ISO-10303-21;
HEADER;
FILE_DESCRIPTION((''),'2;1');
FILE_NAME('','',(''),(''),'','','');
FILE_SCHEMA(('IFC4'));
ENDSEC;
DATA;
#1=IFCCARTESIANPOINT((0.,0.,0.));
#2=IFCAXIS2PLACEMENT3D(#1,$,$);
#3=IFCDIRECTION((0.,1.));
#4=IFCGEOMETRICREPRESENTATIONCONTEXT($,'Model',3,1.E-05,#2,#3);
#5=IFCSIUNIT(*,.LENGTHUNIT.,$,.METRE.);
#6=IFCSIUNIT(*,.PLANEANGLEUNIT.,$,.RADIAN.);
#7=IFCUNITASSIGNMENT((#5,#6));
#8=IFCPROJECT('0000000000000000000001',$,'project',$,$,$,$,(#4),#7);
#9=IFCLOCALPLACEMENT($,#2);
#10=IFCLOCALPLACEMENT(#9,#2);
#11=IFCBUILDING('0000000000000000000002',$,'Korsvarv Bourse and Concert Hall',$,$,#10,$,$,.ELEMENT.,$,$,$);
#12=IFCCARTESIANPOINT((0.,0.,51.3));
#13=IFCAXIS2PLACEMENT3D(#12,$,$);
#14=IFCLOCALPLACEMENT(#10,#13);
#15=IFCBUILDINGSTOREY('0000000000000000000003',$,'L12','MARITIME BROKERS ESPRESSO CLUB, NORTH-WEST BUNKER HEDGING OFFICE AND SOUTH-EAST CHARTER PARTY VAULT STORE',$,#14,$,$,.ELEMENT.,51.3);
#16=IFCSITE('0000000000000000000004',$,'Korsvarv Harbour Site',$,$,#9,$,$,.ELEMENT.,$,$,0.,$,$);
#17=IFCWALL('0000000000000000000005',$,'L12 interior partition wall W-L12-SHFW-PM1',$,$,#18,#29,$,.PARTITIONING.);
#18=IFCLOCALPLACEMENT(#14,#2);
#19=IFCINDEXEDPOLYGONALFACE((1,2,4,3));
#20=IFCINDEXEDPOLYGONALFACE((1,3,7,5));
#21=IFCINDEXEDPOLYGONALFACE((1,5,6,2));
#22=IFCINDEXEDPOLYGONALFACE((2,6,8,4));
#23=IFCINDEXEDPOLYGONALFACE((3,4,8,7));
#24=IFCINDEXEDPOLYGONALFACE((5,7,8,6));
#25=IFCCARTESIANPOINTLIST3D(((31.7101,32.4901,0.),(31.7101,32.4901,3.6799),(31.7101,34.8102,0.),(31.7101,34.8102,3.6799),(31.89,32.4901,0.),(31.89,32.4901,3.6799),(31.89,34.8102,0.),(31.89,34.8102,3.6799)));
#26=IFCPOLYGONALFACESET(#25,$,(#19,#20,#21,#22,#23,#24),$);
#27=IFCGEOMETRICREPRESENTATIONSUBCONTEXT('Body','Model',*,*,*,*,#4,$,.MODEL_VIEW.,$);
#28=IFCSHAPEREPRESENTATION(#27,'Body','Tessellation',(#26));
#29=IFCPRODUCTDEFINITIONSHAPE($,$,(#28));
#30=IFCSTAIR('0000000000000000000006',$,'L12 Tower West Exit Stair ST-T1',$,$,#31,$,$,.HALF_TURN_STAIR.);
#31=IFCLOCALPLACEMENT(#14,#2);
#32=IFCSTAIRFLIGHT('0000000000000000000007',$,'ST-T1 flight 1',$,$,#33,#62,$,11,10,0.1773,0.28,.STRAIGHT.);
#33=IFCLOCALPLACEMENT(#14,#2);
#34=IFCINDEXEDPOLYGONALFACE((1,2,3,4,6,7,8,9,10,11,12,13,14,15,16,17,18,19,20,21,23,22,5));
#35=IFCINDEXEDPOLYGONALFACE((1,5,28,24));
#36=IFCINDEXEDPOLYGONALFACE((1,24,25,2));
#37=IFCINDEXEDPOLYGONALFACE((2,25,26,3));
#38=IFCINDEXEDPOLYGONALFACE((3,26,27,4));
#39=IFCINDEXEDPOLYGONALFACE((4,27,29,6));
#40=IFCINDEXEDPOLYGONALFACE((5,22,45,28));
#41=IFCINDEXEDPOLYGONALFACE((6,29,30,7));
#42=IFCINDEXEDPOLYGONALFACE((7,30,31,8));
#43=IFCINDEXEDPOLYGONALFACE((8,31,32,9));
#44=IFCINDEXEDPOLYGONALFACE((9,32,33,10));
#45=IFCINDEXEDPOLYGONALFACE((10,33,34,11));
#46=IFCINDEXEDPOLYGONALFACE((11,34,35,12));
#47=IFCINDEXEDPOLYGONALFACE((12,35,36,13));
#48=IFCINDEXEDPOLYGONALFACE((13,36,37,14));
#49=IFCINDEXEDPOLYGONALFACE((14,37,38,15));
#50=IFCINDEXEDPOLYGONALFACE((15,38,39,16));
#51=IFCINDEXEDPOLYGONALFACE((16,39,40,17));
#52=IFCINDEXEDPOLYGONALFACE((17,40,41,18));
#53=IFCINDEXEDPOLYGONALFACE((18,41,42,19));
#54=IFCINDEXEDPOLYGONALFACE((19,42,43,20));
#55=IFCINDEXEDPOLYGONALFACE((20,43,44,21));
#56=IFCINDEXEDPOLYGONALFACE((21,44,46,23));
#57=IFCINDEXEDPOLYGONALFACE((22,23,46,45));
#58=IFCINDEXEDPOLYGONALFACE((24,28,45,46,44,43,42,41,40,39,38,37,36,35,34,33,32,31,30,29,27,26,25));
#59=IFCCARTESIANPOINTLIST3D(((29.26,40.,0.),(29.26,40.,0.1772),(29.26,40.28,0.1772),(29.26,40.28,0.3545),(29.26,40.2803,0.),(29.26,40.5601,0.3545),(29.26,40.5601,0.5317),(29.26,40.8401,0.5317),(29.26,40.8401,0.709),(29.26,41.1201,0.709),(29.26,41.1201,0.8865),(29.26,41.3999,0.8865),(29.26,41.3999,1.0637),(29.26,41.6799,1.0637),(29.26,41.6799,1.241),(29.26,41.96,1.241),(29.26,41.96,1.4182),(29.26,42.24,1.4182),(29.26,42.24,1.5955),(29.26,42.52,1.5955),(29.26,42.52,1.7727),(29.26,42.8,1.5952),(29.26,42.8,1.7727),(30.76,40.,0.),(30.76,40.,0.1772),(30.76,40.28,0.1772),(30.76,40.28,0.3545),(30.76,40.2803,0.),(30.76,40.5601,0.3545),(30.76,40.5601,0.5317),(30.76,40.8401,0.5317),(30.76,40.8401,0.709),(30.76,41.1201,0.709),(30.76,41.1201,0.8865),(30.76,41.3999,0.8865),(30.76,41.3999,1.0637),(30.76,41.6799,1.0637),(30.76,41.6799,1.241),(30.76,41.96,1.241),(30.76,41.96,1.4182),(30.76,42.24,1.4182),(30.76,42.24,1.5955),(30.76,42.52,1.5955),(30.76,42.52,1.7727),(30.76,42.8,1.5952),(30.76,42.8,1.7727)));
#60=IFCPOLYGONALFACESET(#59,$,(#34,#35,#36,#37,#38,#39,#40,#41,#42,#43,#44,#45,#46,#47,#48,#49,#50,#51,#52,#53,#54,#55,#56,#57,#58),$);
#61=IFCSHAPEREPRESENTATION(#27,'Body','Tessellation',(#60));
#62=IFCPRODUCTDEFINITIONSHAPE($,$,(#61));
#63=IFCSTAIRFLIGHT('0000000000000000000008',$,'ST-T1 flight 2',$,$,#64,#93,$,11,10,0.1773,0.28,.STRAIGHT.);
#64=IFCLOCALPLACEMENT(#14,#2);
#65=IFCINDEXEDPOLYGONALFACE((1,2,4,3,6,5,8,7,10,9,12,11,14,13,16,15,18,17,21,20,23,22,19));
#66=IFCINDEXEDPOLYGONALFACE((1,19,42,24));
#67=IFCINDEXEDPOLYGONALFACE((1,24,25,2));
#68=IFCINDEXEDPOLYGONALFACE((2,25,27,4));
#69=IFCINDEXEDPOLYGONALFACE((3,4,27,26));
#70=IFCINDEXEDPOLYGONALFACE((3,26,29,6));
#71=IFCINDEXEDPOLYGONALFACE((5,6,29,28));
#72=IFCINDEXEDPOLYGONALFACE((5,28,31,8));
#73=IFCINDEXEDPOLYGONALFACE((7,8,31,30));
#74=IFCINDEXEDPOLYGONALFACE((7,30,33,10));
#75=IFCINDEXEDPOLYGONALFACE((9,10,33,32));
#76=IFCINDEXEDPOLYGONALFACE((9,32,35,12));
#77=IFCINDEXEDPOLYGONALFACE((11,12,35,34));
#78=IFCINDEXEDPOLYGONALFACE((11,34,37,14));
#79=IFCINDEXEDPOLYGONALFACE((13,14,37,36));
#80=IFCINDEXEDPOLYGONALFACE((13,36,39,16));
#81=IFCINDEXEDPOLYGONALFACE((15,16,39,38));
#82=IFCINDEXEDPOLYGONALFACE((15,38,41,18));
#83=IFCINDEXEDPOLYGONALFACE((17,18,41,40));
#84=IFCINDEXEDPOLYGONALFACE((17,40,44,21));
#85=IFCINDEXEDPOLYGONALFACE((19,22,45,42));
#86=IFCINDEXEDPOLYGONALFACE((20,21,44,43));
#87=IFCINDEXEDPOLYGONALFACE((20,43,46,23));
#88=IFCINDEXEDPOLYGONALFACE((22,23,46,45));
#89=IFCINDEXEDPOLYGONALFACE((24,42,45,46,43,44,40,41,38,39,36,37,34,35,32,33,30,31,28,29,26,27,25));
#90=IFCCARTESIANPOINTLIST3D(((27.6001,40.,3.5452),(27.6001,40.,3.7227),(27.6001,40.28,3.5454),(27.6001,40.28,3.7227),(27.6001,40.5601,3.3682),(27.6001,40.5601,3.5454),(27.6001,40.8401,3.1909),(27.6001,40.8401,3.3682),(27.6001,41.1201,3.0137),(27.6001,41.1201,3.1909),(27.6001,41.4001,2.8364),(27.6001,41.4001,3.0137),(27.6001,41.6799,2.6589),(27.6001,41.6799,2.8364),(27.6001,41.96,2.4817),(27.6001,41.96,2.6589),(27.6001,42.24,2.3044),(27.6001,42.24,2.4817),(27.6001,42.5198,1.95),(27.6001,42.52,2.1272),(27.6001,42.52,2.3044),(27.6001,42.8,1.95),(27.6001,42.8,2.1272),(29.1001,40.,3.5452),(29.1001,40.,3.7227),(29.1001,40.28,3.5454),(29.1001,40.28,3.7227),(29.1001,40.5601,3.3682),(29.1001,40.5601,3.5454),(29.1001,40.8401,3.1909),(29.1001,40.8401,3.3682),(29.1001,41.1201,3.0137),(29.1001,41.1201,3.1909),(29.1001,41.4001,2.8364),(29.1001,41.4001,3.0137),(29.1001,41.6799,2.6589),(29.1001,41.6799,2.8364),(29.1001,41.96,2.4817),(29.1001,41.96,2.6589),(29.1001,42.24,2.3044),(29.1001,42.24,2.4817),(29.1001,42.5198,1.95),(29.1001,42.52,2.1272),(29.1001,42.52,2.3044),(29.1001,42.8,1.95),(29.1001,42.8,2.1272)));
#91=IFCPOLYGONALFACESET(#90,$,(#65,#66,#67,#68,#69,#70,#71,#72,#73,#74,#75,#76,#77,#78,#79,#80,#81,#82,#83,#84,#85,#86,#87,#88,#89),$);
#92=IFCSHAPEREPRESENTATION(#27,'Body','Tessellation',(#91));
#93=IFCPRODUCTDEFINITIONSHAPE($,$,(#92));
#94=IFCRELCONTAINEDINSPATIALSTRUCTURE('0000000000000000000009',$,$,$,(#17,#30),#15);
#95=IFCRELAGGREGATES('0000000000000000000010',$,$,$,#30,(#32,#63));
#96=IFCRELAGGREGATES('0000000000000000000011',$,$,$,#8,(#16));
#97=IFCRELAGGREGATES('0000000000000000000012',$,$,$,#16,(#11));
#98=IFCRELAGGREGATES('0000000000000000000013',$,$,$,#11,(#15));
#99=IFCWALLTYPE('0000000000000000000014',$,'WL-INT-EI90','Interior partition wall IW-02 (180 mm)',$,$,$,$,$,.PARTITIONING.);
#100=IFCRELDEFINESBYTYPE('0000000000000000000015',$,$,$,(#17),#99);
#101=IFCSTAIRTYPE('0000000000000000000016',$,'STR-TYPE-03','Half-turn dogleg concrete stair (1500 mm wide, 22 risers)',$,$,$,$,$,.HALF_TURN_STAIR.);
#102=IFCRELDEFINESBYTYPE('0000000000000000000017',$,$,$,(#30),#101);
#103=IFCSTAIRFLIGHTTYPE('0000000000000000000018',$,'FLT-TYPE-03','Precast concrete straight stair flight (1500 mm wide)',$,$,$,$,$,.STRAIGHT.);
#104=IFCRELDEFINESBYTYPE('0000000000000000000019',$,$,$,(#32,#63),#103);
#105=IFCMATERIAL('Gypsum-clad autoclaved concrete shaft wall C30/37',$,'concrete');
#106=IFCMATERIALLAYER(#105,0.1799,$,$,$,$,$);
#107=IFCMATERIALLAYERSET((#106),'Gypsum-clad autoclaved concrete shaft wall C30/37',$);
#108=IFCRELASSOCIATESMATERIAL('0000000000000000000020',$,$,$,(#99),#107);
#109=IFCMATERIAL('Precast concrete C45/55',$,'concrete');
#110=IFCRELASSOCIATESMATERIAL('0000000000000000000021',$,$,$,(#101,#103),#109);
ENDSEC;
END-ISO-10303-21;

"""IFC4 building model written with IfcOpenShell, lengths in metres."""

from ifc_helpers import new_model, si_unit, direction, frame, frame_2d, origin, place, context, subcontext, project, spatial, polyline, rectangle, outline, extrude, material, layer, layer_set, type_object, element, aggregate, save


model = new_model("IFC4")

# Units and contexts
model_context = context("Model", 3, precision=1e-05, world=origin(), true_north=direction((0.0, 1.0)))
body_context = subcontext(model_context, "Body", "Model", "MODEL_VIEW")
ifc_project = project(units=[si_unit("LENGTHUNIT", "METRE"), si_unit("PLANEANGLEUNIT", "RADIAN")], contexts=[model_context])

# Site, building, storey
site_placement = place(None, origin())
site = spatial("IfcSite", under=ifc_project, at=site_placement, Name="Korsvarv Harbour Site", CompositionType="ELEMENT", RefElevation=0.0)
building_placement = place(site_placement, origin())
building = spatial("IfcBuilding", under=site, at=building_placement, Name="Korsvarv Bourse and Concert Hall", CompositionType="ELEMENT")
storey_placement = place(building_placement, frame((0.0, 0.0, 51.3)))
storey = spatial("IfcBuildingStorey", under=building, at=storey_placement, Name="L12", Description="MARITIME BROKERS ESPRESSO CLUB, NORTH-WEST BUNKER HEDGING OFFICE AND SOUTH-EAST CHARTER PARTY VAULT STORE", CompositionType="ELEMENT", Elevation=51.3)

# Shared definitions
ifc_material_1 = material(Name="Gypsum-clad autoclaved concrete shaft wall C30/37", Category="concrete")
ifc_layer_1 = layer(ifc_material_1, 0.1799)
ifc_layer_set_1 = layer_set([ifc_layer_1], Name="Gypsum-clad autoclaved concrete shaft wall C30/37")
wall_type_1 = type_object("IfcWallType", Name="WL-INT-EI90", Description="Interior partition wall IW-02 (180 mm)", PredefinedType="PARTITIONING", material=ifc_layer_set_1)

# Wall
wall_1_placement = place(storey_placement, frame((31.8, 32.49, 0.0), z_axis=(0.0, 0.0, 1.0), x_axis=(0.0, 1.0, 0.0)))
element("IfcWall", 1, at=wall_1_placement, inside=storey, type_object=wall_type_1, Name="L12 interior partition wall W-L12-SHFW-PM1", PredefinedType="PARTITIONING", context=body_context, shape_type="SweptSolid", body=[
    extrude(rectangle(XDim=2.3201, YDim=0.1799, at=frame_2d((1.1602, 0.0))), origin(), (0.0, 0.0, 1.0), 3.6799),
])

# Stair, stair flights
ifc_material_2 = material(Name="Precast concrete C45/55", Category="concrete")
stair_type = type_object("IfcStairType", Name="STR-TYPE-03", Description="Half-turn dogleg concrete stair (1500 mm wide, 22 risers)", PredefinedType="HALF_TURN_STAIR", material=ifc_material_2)
stair_placement = place(storey_placement, origin())
stair = element("IfcStair", 2, at=stair_placement, inside=storey, type_object=stair_type, Name="L12 Tower West Exit Stair ST-T1", PredefinedType="HALF_TURN_STAIR")
stair_flight_type = type_object("IfcStairFlightType", Name="FLT-TYPE-03", Description="Precast concrete straight stair flight (1500 mm wide)", PredefinedType="STRAIGHT", material=ifc_material_2)
stair_flight_1_placement = place(storey_placement, frame((30.01, 40.0, 0.0), z_axis=(0.0, 0.0, 1.0), x_axis=(0.0, 1.0, 0.0)))
stair_flight_1 = element("IfcStairFlight", 3, at=stair_flight_1_placement, type_object=stair_flight_type, Name="ST-T1 flight 1", NumberOfRisers=11, NumberOfTreads=10, PredefinedType="STRAIGHT", RiserHeight=0.1773, TreadLength=0.28, context=body_context, shape_type="SweptSolid", body=[
    extrude(outline(polyline([(0.0, 0.0), (0.0, 0.1772), (0.28, 0.1772), (0.28, 0.3545), (0.5601, 0.3545), (0.5601, 0.5317), (0.8401, 0.5317), (0.8401, 0.709), (1.1201, 0.709), (1.1201, 0.8865), (1.3999, 0.8865), (1.3999, 1.0637), (1.6799, 1.0637), (1.6799, 1.241), (1.96, 1.241), (1.96, 1.4182), (2.24, 1.4182), (2.24, 1.5955), (2.52, 1.5955), (2.52, 1.7727), (2.8, 1.7727), (2.8, 1.95), (2.8, 1.5952), (0.2803, 0.0), (0.0, 0.0)])), frame((0.0, 0.75, 0.0), z_axis=(0.0, -1.0, 0.0), x_axis=(1.0, 0.0, 0.0)), (0.0, 0.0, 1.0), 1.5),
])
stair_flight_2_placement = place(storey_placement, frame((28.3501, 42.8, 1.95), z_axis=(0.0, 0.0, 1.0), x_axis=(0.0, -1.0, 0.0)))
stair_flight_2 = element("IfcStairFlight", 4, at=stair_flight_2_placement, type_object=stair_flight_type, Name="ST-T1 flight 2", NumberOfRisers=11, NumberOfTreads=10, PredefinedType="STRAIGHT", RiserHeight=0.1773, TreadLength=0.28, context=body_context, shape_type="SweptSolid", body=[
    extrude(outline(polyline([(0.0, 0.0), (0.0, 0.1772), (0.28, 0.1772), (0.28, 0.3545), (0.5601, 0.3545), (0.5601, 0.5317), (0.8401, 0.5317), (0.8401, 0.709), (1.1201, 0.709), (1.1201, 0.8865), (1.3999, 0.8865), (1.3999, 1.0637), (1.6799, 1.0637), (1.6799, 1.241), (1.96, 1.241), (1.96, 1.4182), (2.24, 1.4182), (2.24, 1.5955), (2.52, 1.5955), (2.52, 1.7727), (2.8, 1.7727), (2.8, 1.95), (2.8, 1.5952), (0.2803, 0.0), (0.0, 0.0)])), frame((0.0, 0.75, 0.0), z_axis=(0.0, -1.0, 0.0), x_axis=(1.0, 0.0, 0.0)), (0.0, 0.0, 1.0), 1.5),
])
aggregate(stair, [stair_flight_1, stair_flight_2])

save(model, "model.ifc")
